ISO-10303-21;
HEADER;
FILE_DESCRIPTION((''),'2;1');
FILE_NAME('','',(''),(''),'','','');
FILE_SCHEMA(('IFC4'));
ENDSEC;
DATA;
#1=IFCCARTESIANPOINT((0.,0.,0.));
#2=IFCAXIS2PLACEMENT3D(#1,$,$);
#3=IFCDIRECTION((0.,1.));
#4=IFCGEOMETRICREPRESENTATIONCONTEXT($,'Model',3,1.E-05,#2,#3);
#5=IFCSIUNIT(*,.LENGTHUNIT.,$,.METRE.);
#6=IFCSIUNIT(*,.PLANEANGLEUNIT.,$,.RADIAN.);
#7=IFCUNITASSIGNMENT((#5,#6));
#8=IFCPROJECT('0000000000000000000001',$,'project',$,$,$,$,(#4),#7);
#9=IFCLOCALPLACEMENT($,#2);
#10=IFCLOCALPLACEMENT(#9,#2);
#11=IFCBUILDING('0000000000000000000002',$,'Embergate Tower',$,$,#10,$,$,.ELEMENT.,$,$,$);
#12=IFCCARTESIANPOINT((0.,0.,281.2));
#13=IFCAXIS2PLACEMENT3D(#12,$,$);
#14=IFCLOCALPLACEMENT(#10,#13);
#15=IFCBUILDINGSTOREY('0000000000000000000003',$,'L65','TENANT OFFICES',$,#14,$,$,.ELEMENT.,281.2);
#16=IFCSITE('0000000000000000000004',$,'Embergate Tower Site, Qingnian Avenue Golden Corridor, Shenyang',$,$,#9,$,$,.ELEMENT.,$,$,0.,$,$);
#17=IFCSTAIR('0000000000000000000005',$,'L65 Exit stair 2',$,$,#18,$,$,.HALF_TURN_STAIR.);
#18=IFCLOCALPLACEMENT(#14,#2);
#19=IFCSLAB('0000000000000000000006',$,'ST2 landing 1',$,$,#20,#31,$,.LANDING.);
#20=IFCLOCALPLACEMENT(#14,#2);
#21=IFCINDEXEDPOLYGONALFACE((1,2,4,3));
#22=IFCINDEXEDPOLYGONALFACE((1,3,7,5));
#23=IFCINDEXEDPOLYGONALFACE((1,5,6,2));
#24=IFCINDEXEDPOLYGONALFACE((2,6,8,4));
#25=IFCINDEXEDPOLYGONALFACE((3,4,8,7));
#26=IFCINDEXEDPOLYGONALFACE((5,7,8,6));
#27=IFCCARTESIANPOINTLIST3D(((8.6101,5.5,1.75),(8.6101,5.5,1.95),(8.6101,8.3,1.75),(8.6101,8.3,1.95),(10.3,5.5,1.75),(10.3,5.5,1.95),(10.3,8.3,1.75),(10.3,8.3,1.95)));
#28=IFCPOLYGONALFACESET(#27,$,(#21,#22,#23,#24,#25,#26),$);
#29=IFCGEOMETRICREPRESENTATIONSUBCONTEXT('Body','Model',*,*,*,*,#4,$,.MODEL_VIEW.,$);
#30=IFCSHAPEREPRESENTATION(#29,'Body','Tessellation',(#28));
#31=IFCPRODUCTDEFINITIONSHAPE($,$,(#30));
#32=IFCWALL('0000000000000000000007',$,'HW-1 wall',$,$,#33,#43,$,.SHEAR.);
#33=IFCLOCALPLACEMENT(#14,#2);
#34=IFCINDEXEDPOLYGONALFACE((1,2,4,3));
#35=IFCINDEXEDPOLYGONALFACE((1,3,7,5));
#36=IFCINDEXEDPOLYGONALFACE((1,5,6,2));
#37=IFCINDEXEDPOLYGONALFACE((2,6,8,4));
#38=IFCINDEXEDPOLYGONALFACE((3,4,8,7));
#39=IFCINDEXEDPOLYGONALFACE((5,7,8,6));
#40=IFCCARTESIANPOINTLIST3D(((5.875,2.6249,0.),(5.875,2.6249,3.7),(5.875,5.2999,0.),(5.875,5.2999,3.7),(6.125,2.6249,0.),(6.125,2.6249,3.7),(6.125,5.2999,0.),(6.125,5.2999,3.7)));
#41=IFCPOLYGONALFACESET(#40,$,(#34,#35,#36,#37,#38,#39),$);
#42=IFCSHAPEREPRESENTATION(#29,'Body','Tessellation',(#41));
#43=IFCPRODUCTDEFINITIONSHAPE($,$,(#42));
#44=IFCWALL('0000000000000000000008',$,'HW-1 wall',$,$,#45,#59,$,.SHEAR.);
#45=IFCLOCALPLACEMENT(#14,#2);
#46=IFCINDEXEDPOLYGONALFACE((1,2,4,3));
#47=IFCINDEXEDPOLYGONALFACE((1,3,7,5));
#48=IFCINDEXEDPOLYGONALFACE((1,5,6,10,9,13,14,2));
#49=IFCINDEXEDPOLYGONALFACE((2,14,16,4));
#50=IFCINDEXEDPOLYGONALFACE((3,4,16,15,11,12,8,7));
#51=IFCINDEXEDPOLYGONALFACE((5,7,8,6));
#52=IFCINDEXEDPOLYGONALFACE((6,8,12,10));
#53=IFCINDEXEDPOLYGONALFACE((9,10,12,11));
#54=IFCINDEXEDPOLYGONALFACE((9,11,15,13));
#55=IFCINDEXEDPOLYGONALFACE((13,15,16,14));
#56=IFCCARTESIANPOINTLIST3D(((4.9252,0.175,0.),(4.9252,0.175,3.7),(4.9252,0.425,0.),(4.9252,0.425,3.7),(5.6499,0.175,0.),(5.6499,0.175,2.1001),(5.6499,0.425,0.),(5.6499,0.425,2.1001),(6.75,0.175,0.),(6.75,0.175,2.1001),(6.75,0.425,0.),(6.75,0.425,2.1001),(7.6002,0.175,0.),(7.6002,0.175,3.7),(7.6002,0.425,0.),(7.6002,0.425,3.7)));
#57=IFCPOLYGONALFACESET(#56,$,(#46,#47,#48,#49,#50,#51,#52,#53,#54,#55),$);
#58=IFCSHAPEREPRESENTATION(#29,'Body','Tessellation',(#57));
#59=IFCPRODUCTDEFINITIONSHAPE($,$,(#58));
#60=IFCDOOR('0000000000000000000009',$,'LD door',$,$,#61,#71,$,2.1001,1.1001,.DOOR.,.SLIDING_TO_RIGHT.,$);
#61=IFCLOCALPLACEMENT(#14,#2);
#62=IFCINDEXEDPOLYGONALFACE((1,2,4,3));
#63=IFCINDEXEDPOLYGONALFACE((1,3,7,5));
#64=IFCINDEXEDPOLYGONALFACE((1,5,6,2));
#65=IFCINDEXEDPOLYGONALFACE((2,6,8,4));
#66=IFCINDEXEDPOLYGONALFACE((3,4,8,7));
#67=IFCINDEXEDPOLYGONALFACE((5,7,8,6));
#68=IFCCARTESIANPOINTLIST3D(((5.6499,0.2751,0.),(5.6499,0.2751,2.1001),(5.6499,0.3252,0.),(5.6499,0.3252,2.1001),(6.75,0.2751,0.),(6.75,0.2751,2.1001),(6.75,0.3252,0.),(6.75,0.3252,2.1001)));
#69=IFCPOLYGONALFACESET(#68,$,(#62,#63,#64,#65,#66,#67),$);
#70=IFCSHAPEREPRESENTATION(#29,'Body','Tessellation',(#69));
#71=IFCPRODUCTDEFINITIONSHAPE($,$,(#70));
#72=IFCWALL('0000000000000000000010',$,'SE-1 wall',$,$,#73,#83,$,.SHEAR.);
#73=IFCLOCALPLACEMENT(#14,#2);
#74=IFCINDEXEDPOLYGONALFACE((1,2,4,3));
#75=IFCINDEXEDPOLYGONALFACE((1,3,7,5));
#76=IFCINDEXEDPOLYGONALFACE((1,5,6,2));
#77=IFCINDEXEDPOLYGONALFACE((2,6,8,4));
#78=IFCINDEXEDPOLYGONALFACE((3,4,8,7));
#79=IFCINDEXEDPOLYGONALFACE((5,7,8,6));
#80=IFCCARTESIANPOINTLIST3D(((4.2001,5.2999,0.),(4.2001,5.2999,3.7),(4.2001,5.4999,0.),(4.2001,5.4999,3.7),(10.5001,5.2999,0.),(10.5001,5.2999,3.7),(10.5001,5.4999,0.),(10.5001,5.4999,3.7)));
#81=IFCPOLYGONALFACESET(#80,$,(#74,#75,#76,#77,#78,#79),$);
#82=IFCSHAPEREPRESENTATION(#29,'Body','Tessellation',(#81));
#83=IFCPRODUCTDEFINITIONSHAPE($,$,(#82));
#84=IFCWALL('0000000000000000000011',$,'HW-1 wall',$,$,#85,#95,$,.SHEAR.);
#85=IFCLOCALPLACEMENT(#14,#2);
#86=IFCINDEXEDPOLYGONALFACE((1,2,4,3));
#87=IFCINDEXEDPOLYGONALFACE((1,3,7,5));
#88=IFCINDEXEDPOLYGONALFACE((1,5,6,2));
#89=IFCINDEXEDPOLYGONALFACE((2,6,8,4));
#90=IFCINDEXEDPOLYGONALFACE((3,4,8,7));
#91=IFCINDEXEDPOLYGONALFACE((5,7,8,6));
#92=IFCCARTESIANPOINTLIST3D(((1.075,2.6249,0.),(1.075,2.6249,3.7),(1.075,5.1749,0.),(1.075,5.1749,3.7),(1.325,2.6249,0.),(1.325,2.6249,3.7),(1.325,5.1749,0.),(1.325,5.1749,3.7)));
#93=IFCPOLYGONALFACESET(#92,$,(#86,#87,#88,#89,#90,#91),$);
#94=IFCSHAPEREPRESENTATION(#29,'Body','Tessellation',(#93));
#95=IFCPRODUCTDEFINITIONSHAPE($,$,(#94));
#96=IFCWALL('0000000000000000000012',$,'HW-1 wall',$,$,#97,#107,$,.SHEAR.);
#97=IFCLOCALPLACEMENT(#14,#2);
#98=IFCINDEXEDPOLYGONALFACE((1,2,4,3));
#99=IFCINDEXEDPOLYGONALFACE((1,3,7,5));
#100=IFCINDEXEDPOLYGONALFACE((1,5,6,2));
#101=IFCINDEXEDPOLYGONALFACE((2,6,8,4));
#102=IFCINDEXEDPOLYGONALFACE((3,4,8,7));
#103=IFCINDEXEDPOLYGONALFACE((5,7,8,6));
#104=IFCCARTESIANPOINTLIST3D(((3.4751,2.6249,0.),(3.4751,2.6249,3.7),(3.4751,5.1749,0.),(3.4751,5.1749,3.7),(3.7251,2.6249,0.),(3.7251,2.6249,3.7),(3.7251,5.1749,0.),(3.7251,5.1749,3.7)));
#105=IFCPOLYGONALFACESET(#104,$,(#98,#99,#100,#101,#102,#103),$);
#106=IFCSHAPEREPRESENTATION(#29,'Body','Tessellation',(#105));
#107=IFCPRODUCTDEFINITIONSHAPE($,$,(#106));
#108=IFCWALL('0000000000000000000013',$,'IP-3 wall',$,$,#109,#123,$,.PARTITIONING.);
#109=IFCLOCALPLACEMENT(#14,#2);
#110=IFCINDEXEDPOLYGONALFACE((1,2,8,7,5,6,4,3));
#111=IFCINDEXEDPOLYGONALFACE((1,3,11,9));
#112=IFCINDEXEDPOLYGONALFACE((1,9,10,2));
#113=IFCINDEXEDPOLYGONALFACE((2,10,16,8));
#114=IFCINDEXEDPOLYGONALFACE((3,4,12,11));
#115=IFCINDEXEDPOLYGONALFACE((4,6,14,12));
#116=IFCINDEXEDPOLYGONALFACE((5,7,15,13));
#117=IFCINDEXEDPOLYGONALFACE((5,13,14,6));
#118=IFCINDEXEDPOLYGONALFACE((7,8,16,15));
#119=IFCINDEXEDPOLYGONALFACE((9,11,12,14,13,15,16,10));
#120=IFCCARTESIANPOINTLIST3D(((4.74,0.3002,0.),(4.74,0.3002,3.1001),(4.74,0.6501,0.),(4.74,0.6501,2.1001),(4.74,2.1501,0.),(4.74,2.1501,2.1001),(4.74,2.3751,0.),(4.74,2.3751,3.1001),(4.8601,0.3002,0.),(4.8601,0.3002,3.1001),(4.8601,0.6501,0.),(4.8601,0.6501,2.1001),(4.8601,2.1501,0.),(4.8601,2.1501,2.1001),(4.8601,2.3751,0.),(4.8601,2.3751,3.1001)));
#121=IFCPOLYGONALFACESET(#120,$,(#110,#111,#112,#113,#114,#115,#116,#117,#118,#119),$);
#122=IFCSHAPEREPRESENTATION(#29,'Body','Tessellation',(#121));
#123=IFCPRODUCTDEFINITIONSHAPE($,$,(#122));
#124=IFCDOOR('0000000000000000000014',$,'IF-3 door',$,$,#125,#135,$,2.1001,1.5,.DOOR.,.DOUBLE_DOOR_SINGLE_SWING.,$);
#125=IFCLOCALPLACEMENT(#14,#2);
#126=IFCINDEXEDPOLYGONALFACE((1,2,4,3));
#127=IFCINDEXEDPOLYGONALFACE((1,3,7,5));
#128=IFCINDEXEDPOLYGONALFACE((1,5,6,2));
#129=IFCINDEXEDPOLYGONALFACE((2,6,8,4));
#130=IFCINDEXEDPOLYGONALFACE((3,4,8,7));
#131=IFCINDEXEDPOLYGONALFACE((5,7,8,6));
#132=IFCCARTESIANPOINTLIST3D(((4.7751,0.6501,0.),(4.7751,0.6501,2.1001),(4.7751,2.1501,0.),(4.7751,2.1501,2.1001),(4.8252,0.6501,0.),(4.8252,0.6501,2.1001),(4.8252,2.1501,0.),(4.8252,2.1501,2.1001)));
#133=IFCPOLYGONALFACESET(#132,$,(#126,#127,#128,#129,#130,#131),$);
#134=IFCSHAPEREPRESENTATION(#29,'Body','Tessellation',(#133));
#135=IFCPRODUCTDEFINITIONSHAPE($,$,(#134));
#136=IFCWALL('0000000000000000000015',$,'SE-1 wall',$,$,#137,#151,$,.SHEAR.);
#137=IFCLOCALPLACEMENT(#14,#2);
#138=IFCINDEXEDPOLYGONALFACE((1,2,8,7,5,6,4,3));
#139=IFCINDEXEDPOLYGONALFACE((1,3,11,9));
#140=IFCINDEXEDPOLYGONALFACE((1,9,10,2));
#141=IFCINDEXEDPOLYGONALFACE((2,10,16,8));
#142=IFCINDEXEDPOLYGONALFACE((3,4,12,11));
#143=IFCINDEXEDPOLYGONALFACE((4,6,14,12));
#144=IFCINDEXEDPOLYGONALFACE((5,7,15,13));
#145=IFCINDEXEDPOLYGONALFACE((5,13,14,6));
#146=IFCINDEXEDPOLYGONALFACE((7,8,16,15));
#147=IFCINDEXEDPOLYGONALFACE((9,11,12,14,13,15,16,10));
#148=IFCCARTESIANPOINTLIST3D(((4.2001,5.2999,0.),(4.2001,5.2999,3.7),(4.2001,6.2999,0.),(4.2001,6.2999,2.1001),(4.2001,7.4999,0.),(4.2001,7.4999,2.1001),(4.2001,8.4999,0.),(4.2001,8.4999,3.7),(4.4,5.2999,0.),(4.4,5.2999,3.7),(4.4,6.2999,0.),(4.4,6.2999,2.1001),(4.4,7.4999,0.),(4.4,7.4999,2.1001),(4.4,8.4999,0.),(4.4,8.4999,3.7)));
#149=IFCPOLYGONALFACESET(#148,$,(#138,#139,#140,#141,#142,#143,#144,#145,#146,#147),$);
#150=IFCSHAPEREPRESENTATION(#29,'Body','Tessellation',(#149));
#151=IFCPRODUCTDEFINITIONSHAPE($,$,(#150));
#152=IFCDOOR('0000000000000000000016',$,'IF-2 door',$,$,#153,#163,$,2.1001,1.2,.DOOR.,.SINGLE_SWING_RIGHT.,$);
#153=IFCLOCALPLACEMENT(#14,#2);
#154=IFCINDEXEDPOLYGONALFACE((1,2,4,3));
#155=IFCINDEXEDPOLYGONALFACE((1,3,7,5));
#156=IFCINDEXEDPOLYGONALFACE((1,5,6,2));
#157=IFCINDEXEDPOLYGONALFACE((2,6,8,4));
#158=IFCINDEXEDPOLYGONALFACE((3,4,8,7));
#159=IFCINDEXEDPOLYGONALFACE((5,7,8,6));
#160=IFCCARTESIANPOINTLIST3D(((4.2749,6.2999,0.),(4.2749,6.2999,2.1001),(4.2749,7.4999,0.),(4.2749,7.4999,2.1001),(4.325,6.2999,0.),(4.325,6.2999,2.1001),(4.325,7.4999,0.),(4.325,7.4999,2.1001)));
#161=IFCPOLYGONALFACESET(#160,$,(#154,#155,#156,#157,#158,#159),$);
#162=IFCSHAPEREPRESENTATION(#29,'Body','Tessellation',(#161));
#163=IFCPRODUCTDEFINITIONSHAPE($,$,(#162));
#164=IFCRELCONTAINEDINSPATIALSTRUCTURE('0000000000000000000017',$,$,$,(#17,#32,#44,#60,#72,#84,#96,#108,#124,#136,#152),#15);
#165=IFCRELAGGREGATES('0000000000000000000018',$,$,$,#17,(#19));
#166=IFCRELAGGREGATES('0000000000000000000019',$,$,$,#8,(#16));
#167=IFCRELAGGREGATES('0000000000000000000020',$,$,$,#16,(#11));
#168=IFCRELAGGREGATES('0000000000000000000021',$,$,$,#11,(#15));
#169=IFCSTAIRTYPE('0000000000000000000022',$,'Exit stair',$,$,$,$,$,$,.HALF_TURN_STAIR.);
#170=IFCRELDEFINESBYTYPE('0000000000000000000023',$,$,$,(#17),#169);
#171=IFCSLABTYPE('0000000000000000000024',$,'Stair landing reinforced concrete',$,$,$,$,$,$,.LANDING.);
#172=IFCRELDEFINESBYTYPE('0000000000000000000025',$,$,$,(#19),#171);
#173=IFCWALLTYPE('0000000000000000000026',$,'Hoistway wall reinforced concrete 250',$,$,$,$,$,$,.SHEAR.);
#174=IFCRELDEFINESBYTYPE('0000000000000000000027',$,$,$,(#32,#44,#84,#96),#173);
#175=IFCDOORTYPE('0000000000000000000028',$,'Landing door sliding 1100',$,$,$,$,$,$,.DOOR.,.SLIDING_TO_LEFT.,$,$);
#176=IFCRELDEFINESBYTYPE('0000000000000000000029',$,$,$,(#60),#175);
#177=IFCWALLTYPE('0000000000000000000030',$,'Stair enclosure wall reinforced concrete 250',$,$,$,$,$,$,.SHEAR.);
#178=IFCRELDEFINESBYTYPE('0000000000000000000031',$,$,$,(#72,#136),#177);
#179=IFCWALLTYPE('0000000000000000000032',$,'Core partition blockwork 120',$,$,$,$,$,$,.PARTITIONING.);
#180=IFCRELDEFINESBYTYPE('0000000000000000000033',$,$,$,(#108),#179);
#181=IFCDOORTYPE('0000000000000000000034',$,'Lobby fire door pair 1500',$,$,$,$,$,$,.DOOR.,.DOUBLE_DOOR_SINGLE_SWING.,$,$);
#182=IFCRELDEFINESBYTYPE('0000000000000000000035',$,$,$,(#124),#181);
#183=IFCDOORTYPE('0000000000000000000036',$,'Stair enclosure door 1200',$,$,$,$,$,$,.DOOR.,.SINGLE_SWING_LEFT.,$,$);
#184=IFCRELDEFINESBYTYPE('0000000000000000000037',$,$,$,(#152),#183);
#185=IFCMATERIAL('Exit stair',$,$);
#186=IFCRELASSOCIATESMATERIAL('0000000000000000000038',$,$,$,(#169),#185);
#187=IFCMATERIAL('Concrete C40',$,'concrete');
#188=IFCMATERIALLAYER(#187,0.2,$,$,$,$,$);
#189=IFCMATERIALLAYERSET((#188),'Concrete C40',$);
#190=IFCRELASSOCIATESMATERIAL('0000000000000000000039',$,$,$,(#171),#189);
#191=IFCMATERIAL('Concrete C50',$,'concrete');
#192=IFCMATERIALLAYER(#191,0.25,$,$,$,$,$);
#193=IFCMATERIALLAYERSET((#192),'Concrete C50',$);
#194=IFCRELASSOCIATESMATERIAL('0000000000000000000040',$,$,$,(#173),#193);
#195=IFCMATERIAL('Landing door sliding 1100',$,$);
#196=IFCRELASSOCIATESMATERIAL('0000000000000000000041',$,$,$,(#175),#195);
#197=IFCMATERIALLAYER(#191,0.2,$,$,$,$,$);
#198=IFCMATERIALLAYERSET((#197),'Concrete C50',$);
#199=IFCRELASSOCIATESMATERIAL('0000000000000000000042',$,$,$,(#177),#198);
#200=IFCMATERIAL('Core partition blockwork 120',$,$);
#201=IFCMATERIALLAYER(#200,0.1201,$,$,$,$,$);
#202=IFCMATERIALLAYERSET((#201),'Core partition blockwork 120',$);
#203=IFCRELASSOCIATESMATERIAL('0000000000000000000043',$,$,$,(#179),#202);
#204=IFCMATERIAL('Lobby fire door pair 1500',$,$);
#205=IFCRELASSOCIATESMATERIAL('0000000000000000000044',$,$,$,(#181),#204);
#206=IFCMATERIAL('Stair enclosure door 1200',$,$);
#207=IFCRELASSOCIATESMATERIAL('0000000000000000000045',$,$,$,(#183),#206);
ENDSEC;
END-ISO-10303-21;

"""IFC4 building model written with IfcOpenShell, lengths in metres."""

from ifc_helpers import new_model, si_unit, direction, frame, frame_2d, origin, place, context, subcontext, project, spatial, polyline, rectangle, outline, extrude, source, transform, mapped, material, layer, layer_set, type_object, element, fill, aggregate, save


model = new_model("IFC4")

# Units and contexts
model_context = context("Model", 3, precision=1e-05, world=origin(), true_north=direction((0.0, 1.0)))
body_context = subcontext(model_context, "Body", "Model", "MODEL_VIEW")
ifc_project = project(units=[si_unit("LENGTHUNIT", "METRE"), si_unit("PLANEANGLEUNIT", "RADIAN")], contexts=[model_context])

# Site, building, storey
site_placement = place(None, origin())
site = spatial("IfcSite", under=ifc_project, at=site_placement, Name="Embergate Tower Site, Qingnian Avenue Golden Corridor, Shenyang", CompositionType="ELEMENT", RefElevation=0.0)
building_placement = place(site_placement, origin())
building = spatial("IfcBuilding", under=site, at=building_placement, Name="Embergate Tower", CompositionType="ELEMENT")
storey_placement = place(building_placement, frame((0.0, 0.0, 281.2)))
storey = spatial("IfcBuildingStorey", under=building, at=storey_placement, Name="L65", Description="TENANT OFFICES", CompositionType="ELEMENT", Elevation=281.2)

# Stair, slab
ifc_material_1 = material(Name="Exit stair")
stair_type = type_object("IfcStairType", Name="Exit stair", PredefinedType="HALF_TURN_STAIR", material=ifc_material_1)
stair_placement = place(storey_placement, origin())
stair = element("IfcStair", 1, at=stair_placement, inside=storey, type_object=stair_type, Name="L65 Exit stair 2", PredefinedType="HALF_TURN_STAIR")
ifc_material_2 = material(Name="Concrete C40", Category="concrete")
ifc_layer_1 = layer(ifc_material_2, 0.2)
ifc_layer_set_1 = layer_set([ifc_layer_1], Name="Concrete C40")
slab_type = type_object("IfcSlabType", Name="Stair landing reinforced concrete", PredefinedType="LANDING", material=ifc_layer_set_1)
shared_shape_1 = source(origin(), body_context, "Body", "SweptSolid", [
    extrude(outline(polyline([(0.0, 0.0), (1.6899, 0.0), (1.6899, 2.8), (0.0, 2.8), (0.0, 0.0)])), origin(), (0.0, 0.0, 1.0), 0.2),
])
slab_placement = place(storey_placement, frame((8.6101, 5.5, 1.75)))
slab = element("IfcSlab", 2, at=slab_placement, type_object=slab_type, Name="ST2 landing 1", PredefinedType="LANDING", context=body_context, shape_type="MappedRepresentation", body=[
    mapped(shared_shape_1, transform((0.0, 0.0, 0.0))),
])

# Wall
ifc_material_3 = material(Name="Concrete C50", Category="concrete")
ifc_layer_2 = layer(ifc_material_3, 0.25)
ifc_layer_set_2 = layer_set([ifc_layer_2], Name="Concrete C50")
wall_type_1 = type_object("IfcWallType", Name="Hoistway wall reinforced concrete 250", PredefinedType="SHEAR", material=ifc_layer_set_2)
shared_shape_2 = source(origin(), body_context, "Body", "SweptSolid", [
    extrude(rectangle(XDim=2.675, YDim=0.25, at=frame_2d((1.3374, 0.0))), origin(), (0.0, 0.0, 1.0), 3.7),
])
wall_1_placement = place(storey_placement, frame((6.0, 2.625, 0.0), z_axis=(0.0, 0.0, 1.0), x_axis=(0.0, 1.0, 0.0)))
element("IfcWall", 3, at=wall_1_placement, inside=storey, type_object=wall_type_1, Name="HW-1 wall", PredefinedType="SHEAR", context=body_context, shape_type="MappedRepresentation", body=[
    mapped(shared_shape_2, transform((0.0, 0.0, 0.0))),
])

# Wall, opening, door
wall_2_placement = place(storey_placement, frame((7.6001, 0.3, 0.0), z_axis=(0.0, 0.0, 1.0), x_axis=(-1.0, 0.0, 0.0)))
wall_2 = element("IfcWall", 4, at=wall_2_placement, inside=storey, type_object=wall_type_1, Name="HW-1 wall", PredefinedType="SHEAR", context=body_context, shape_type="MappedRepresentation", body=[
    mapped(shared_shape_2, transform((0.0, 0.0, 0.0))),
])
shared_shape_3 = source(origin(), body_context, "Body", "SweptSolid", [
    extrude(rectangle(XDim=1.1001, YDim=2.1001, at=frame_2d((0.55, 1.05))), frame((0.0, 0.135, 0.0), z_axis=(0.0, -1.0, 0.0), x_axis=(1.0, 0.0, 0.0)), (0.0, 0.0, 1.0), 0.27),
])
opening_1_placement = place(wall_2_placement, frame((0.8501, 0.0, 0.0)))
opening_1 = element("IfcOpeningElement", 5, at=opening_1_placement, cuts=wall_2, PredefinedType="OPENING", context=body_context, shape_type="MappedRepresentation", body=[
    mapped(shared_shape_3, transform((0.0, 0.0, 0.0))),
])
ifc_material_4 = material(Name="Landing door sliding 1100")
door_type_1 = type_object("IfcDoorType", Name="Landing door sliding 1100", OperationType="SLIDING_TO_LEFT", PredefinedType="DOOR", material=ifc_material_4)
shared_shape_4 = source(origin(), body_context, "Body", "SweptSolid", [
    extrude(rectangle(XDim=1.1001, YDim=2.1001, at=frame_2d((0.55, 1.05))), frame((0.0, 0.0249, 0.0), z_axis=(0.0, -1.0, 0.0), x_axis=(1.0, 0.0, 0.0)), (0.0, 0.0, 1.0), 0.05),
])
door_1_placement = place(opening_1_placement, origin())
door_1 = element("IfcDoor", 6, at=door_1_placement, inside=storey, type_object=door_type_1, Name="LD door", OperationType="SLIDING_TO_RIGHT", OverallHeight=2.1001, OverallWidth=1.1001, PredefinedType="DOOR", context=body_context, shape_type="MappedRepresentation", body=[
    mapped(shared_shape_4, transform((0.0, 0.0, 0.0))),
])
fill(opening_1, door_1)

# Walls
ifc_layer_3 = layer(ifc_material_3, 0.2)
ifc_layer_set_3 = layer_set([ifc_layer_3], Name="Concrete C50")
wall_type_2 = type_object("IfcWallType", Name="Stair enclosure wall reinforced concrete 250", PredefinedType="SHEAR", material=ifc_layer_set_3)
shared_shape_5 = source(origin(), body_context, "Body", "SweptSolid", [
    extrude(rectangle(XDim=6.3, YDim=0.2, at=frame_2d((3.1499, 0.0))), origin(), (0.0, 0.0, 1.0), 3.7),
])
wall_3_placement = place(storey_placement, frame((10.5, 5.3999, 0.0), z_axis=(0.0, 0.0, 1.0), x_axis=(-1.0, 0.0, 0.0)))
element("IfcWall", 7, at=wall_3_placement, inside=storey, type_object=wall_type_2, Name="SE-1 wall", PredefinedType="SHEAR", context=body_context, shape_type="MappedRepresentation", body=[
    mapped(shared_shape_5, transform((0.0, 0.0, 0.0))),
])
shared_shape_6 = source(origin(), body_context, "Body", "SweptSolid", [
    extrude(rectangle(XDim=2.55, YDim=0.25, at=frame_2d((1.2749, 0.0))), origin(), (0.0, 0.0, 1.0), 3.7),
])
for number, where, z_axis, x_axis, name in (
    (8, (1.2, 2.625, 0.0), (0.0, 0.0, 1.0), (0.0, 1.0, 0.0), "HW-1 wall"),
    (9, (3.6001, 2.625, 0.0), (0.0, 0.0, 1.0), (0.0, 1.0, 0.0), "HW-1 wall"),
):
    element("IfcWall", number, at=place(storey_placement, frame(where, z_axis=z_axis, x_axis=x_axis)), inside=storey, type_object=wall_type_1, Name=name, PredefinedType="SHEAR", context=body_context, shape_type="MappedRepresentation", body=[
        mapped(shared_shape_6, transform((0.0, 0.0, 0.0))),
    ])

# Walls, openings, doors
ifc_material_5 = material(Name="Core partition blockwork 120")
ifc_layer_4 = layer(ifc_material_5, 0.1201)
ifc_layer_set_4 = layer_set([ifc_layer_4], Name="Core partition blockwork 120")
wall_type_3 = type_object("IfcWallType", Name="Core partition blockwork 120", PredefinedType="PARTITIONING", material=ifc_layer_set_4)
shared_shape_7 = source(origin(), body_context, "Body", "SweptSolid", [
    extrude(rectangle(XDim=2.075, YDim=0.1201, at=frame_2d((1.0376, 0.0))), origin(), (0.0, 0.0, 1.0), 3.1001),
])
wall_4_placement = place(storey_placement, frame((4.8, 0.3, 0.0), z_axis=(0.0, 0.0, 1.0), x_axis=(0.0, 1.0, 0.0)))
wall_4 = element("IfcWall", 10, at=wall_4_placement, inside=storey, type_object=wall_type_3, Name="IP-3 wall", PredefinedType="PARTITIONING", context=body_context, shape_type="MappedRepresentation", body=[
    mapped(shared_shape_7, transform((0.0, 0.0, 0.0))),
])
shared_shape_8 = source(origin(), body_context, "Body", "SweptSolid", [
    extrude(rectangle(XDim=1.5, YDim=2.1001, at=frame_2d((0.75, 1.05))), frame((0.0, 0.0701, 0.0), z_axis=(0.0, -1.0, 0.0), x_axis=(1.0, 0.0, 0.0)), (0.0, 0.0, 1.0), 0.1401),
])
opening_2_placement = place(wall_4_placement, frame((0.3501, 0.0, 0.0)))
opening_2 = element("IfcOpeningElement", 11, at=opening_2_placement, cuts=wall_4, PredefinedType="OPENING", context=body_context, shape_type="MappedRepresentation", body=[
    mapped(shared_shape_8, transform((0.0, 0.0, 0.0))),
])
ifc_material_6 = material(Name="Lobby fire door pair 1500")
door_type_2 = type_object("IfcDoorType", Name="Lobby fire door pair 1500", OperationType="DOUBLE_DOOR_SINGLE_SWING", PredefinedType="DOOR", material=ifc_material_6)
shared_shape_9 = source(origin(), body_context, "Body", "SweptSolid", [
    extrude(rectangle(XDim=1.5, YDim=2.1001, at=frame_2d((0.75, 1.05))), frame((0.0, 0.0249, 0.0), z_axis=(0.0, -1.0, 0.0), x_axis=(1.0, 0.0, 0.0)), (0.0, 0.0, 1.0), 0.05),
])
door_2_placement = place(opening_2_placement, origin())
door_2 = element("IfcDoor", 12, at=door_2_placement, inside=storey, type_object=door_type_2, Name="IF-3 door", OperationType="DOUBLE_DOOR_SINGLE_SWING", OverallHeight=2.1001, OverallWidth=1.5, PredefinedType="DOOR", context=body_context, shape_type="MappedRepresentation", body=[
    mapped(shared_shape_9, transform((0.0, 0.0, 0.0))),
])
fill(opening_2, door_2)
shared_shape_10 = source(origin(), body_context, "Body", "SweptSolid", [
    extrude(rectangle(XDim=3.2, YDim=0.2, at=frame_2d((1.6001, 0.0))), origin(), (0.0, 0.0, 1.0), 3.7),
])
wall_5_placement = place(storey_placement, frame((4.3, 8.5, 0.0), z_axis=(0.0, 0.0, 1.0), x_axis=(0.0, -1.0, 0.0)))
wall_5 = element("IfcWall", 13, at=wall_5_placement, inside=storey, type_object=wall_type_2, Name="SE-1 wall", PredefinedType="SHEAR", context=body_context, shape_type="MappedRepresentation", body=[
    mapped(shared_shape_10, transform((0.0, 0.0, 0.0))),
])
shared_shape_11 = source(origin(), body_context, "Body", "SweptSolid", [
    extrude(rectangle(XDim=1.2, YDim=2.1001, at=frame_2d((0.6001, 1.05))), frame((0.0, 0.1099, 0.0), z_axis=(0.0, -1.0, 0.0), x_axis=(1.0, 0.0, 0.0)), (0.0, 0.0, 1.0), 0.22),
])
opening_3_placement = place(wall_5_placement, frame((1.0, 0.0, 0.0)))
opening_3 = element("IfcOpeningElement", 14, at=opening_3_placement, cuts=wall_5, PredefinedType="OPENING", context=body_context, shape_type="MappedRepresentation", body=[
    mapped(shared_shape_11, transform((0.0, 0.0, 0.0))),
])
ifc_material_7 = material(Name="Stair enclosure door 1200")
door_type_3 = type_object("IfcDoorType", Name="Stair enclosure door 1200", OperationType="SINGLE_SWING_LEFT", PredefinedType="DOOR", material=ifc_material_7)
shared_shape_12 = source(origin(), body_context, "Body", "SweptSolid", [
    extrude(rectangle(XDim=1.2, YDim=2.1001, at=frame_2d((0.6001, 1.05))), frame((0.0, 0.0249, 0.0), z_axis=(0.0, -1.0, 0.0), x_axis=(1.0, 0.0, 0.0)), (0.0, 0.0, 1.0), 0.05),
])
door_3_placement = place(opening_3_placement, origin())
door_3 = element("IfcDoor", 15, at=door_3_placement, inside=storey, type_object=door_type_3, Name="IF-2 door", OperationType="SINGLE_SWING_RIGHT", OverallHeight=2.1001, OverallWidth=1.2, PredefinedType="DOOR", context=body_context, shape_type="MappedRepresentation", body=[
    mapped(shared_shape_12, transform((0.0, 0.0, 0.0))),
])
fill(opening_3, door_3)

aggregate(stair, [slab])

save(model, "model.ifc")
